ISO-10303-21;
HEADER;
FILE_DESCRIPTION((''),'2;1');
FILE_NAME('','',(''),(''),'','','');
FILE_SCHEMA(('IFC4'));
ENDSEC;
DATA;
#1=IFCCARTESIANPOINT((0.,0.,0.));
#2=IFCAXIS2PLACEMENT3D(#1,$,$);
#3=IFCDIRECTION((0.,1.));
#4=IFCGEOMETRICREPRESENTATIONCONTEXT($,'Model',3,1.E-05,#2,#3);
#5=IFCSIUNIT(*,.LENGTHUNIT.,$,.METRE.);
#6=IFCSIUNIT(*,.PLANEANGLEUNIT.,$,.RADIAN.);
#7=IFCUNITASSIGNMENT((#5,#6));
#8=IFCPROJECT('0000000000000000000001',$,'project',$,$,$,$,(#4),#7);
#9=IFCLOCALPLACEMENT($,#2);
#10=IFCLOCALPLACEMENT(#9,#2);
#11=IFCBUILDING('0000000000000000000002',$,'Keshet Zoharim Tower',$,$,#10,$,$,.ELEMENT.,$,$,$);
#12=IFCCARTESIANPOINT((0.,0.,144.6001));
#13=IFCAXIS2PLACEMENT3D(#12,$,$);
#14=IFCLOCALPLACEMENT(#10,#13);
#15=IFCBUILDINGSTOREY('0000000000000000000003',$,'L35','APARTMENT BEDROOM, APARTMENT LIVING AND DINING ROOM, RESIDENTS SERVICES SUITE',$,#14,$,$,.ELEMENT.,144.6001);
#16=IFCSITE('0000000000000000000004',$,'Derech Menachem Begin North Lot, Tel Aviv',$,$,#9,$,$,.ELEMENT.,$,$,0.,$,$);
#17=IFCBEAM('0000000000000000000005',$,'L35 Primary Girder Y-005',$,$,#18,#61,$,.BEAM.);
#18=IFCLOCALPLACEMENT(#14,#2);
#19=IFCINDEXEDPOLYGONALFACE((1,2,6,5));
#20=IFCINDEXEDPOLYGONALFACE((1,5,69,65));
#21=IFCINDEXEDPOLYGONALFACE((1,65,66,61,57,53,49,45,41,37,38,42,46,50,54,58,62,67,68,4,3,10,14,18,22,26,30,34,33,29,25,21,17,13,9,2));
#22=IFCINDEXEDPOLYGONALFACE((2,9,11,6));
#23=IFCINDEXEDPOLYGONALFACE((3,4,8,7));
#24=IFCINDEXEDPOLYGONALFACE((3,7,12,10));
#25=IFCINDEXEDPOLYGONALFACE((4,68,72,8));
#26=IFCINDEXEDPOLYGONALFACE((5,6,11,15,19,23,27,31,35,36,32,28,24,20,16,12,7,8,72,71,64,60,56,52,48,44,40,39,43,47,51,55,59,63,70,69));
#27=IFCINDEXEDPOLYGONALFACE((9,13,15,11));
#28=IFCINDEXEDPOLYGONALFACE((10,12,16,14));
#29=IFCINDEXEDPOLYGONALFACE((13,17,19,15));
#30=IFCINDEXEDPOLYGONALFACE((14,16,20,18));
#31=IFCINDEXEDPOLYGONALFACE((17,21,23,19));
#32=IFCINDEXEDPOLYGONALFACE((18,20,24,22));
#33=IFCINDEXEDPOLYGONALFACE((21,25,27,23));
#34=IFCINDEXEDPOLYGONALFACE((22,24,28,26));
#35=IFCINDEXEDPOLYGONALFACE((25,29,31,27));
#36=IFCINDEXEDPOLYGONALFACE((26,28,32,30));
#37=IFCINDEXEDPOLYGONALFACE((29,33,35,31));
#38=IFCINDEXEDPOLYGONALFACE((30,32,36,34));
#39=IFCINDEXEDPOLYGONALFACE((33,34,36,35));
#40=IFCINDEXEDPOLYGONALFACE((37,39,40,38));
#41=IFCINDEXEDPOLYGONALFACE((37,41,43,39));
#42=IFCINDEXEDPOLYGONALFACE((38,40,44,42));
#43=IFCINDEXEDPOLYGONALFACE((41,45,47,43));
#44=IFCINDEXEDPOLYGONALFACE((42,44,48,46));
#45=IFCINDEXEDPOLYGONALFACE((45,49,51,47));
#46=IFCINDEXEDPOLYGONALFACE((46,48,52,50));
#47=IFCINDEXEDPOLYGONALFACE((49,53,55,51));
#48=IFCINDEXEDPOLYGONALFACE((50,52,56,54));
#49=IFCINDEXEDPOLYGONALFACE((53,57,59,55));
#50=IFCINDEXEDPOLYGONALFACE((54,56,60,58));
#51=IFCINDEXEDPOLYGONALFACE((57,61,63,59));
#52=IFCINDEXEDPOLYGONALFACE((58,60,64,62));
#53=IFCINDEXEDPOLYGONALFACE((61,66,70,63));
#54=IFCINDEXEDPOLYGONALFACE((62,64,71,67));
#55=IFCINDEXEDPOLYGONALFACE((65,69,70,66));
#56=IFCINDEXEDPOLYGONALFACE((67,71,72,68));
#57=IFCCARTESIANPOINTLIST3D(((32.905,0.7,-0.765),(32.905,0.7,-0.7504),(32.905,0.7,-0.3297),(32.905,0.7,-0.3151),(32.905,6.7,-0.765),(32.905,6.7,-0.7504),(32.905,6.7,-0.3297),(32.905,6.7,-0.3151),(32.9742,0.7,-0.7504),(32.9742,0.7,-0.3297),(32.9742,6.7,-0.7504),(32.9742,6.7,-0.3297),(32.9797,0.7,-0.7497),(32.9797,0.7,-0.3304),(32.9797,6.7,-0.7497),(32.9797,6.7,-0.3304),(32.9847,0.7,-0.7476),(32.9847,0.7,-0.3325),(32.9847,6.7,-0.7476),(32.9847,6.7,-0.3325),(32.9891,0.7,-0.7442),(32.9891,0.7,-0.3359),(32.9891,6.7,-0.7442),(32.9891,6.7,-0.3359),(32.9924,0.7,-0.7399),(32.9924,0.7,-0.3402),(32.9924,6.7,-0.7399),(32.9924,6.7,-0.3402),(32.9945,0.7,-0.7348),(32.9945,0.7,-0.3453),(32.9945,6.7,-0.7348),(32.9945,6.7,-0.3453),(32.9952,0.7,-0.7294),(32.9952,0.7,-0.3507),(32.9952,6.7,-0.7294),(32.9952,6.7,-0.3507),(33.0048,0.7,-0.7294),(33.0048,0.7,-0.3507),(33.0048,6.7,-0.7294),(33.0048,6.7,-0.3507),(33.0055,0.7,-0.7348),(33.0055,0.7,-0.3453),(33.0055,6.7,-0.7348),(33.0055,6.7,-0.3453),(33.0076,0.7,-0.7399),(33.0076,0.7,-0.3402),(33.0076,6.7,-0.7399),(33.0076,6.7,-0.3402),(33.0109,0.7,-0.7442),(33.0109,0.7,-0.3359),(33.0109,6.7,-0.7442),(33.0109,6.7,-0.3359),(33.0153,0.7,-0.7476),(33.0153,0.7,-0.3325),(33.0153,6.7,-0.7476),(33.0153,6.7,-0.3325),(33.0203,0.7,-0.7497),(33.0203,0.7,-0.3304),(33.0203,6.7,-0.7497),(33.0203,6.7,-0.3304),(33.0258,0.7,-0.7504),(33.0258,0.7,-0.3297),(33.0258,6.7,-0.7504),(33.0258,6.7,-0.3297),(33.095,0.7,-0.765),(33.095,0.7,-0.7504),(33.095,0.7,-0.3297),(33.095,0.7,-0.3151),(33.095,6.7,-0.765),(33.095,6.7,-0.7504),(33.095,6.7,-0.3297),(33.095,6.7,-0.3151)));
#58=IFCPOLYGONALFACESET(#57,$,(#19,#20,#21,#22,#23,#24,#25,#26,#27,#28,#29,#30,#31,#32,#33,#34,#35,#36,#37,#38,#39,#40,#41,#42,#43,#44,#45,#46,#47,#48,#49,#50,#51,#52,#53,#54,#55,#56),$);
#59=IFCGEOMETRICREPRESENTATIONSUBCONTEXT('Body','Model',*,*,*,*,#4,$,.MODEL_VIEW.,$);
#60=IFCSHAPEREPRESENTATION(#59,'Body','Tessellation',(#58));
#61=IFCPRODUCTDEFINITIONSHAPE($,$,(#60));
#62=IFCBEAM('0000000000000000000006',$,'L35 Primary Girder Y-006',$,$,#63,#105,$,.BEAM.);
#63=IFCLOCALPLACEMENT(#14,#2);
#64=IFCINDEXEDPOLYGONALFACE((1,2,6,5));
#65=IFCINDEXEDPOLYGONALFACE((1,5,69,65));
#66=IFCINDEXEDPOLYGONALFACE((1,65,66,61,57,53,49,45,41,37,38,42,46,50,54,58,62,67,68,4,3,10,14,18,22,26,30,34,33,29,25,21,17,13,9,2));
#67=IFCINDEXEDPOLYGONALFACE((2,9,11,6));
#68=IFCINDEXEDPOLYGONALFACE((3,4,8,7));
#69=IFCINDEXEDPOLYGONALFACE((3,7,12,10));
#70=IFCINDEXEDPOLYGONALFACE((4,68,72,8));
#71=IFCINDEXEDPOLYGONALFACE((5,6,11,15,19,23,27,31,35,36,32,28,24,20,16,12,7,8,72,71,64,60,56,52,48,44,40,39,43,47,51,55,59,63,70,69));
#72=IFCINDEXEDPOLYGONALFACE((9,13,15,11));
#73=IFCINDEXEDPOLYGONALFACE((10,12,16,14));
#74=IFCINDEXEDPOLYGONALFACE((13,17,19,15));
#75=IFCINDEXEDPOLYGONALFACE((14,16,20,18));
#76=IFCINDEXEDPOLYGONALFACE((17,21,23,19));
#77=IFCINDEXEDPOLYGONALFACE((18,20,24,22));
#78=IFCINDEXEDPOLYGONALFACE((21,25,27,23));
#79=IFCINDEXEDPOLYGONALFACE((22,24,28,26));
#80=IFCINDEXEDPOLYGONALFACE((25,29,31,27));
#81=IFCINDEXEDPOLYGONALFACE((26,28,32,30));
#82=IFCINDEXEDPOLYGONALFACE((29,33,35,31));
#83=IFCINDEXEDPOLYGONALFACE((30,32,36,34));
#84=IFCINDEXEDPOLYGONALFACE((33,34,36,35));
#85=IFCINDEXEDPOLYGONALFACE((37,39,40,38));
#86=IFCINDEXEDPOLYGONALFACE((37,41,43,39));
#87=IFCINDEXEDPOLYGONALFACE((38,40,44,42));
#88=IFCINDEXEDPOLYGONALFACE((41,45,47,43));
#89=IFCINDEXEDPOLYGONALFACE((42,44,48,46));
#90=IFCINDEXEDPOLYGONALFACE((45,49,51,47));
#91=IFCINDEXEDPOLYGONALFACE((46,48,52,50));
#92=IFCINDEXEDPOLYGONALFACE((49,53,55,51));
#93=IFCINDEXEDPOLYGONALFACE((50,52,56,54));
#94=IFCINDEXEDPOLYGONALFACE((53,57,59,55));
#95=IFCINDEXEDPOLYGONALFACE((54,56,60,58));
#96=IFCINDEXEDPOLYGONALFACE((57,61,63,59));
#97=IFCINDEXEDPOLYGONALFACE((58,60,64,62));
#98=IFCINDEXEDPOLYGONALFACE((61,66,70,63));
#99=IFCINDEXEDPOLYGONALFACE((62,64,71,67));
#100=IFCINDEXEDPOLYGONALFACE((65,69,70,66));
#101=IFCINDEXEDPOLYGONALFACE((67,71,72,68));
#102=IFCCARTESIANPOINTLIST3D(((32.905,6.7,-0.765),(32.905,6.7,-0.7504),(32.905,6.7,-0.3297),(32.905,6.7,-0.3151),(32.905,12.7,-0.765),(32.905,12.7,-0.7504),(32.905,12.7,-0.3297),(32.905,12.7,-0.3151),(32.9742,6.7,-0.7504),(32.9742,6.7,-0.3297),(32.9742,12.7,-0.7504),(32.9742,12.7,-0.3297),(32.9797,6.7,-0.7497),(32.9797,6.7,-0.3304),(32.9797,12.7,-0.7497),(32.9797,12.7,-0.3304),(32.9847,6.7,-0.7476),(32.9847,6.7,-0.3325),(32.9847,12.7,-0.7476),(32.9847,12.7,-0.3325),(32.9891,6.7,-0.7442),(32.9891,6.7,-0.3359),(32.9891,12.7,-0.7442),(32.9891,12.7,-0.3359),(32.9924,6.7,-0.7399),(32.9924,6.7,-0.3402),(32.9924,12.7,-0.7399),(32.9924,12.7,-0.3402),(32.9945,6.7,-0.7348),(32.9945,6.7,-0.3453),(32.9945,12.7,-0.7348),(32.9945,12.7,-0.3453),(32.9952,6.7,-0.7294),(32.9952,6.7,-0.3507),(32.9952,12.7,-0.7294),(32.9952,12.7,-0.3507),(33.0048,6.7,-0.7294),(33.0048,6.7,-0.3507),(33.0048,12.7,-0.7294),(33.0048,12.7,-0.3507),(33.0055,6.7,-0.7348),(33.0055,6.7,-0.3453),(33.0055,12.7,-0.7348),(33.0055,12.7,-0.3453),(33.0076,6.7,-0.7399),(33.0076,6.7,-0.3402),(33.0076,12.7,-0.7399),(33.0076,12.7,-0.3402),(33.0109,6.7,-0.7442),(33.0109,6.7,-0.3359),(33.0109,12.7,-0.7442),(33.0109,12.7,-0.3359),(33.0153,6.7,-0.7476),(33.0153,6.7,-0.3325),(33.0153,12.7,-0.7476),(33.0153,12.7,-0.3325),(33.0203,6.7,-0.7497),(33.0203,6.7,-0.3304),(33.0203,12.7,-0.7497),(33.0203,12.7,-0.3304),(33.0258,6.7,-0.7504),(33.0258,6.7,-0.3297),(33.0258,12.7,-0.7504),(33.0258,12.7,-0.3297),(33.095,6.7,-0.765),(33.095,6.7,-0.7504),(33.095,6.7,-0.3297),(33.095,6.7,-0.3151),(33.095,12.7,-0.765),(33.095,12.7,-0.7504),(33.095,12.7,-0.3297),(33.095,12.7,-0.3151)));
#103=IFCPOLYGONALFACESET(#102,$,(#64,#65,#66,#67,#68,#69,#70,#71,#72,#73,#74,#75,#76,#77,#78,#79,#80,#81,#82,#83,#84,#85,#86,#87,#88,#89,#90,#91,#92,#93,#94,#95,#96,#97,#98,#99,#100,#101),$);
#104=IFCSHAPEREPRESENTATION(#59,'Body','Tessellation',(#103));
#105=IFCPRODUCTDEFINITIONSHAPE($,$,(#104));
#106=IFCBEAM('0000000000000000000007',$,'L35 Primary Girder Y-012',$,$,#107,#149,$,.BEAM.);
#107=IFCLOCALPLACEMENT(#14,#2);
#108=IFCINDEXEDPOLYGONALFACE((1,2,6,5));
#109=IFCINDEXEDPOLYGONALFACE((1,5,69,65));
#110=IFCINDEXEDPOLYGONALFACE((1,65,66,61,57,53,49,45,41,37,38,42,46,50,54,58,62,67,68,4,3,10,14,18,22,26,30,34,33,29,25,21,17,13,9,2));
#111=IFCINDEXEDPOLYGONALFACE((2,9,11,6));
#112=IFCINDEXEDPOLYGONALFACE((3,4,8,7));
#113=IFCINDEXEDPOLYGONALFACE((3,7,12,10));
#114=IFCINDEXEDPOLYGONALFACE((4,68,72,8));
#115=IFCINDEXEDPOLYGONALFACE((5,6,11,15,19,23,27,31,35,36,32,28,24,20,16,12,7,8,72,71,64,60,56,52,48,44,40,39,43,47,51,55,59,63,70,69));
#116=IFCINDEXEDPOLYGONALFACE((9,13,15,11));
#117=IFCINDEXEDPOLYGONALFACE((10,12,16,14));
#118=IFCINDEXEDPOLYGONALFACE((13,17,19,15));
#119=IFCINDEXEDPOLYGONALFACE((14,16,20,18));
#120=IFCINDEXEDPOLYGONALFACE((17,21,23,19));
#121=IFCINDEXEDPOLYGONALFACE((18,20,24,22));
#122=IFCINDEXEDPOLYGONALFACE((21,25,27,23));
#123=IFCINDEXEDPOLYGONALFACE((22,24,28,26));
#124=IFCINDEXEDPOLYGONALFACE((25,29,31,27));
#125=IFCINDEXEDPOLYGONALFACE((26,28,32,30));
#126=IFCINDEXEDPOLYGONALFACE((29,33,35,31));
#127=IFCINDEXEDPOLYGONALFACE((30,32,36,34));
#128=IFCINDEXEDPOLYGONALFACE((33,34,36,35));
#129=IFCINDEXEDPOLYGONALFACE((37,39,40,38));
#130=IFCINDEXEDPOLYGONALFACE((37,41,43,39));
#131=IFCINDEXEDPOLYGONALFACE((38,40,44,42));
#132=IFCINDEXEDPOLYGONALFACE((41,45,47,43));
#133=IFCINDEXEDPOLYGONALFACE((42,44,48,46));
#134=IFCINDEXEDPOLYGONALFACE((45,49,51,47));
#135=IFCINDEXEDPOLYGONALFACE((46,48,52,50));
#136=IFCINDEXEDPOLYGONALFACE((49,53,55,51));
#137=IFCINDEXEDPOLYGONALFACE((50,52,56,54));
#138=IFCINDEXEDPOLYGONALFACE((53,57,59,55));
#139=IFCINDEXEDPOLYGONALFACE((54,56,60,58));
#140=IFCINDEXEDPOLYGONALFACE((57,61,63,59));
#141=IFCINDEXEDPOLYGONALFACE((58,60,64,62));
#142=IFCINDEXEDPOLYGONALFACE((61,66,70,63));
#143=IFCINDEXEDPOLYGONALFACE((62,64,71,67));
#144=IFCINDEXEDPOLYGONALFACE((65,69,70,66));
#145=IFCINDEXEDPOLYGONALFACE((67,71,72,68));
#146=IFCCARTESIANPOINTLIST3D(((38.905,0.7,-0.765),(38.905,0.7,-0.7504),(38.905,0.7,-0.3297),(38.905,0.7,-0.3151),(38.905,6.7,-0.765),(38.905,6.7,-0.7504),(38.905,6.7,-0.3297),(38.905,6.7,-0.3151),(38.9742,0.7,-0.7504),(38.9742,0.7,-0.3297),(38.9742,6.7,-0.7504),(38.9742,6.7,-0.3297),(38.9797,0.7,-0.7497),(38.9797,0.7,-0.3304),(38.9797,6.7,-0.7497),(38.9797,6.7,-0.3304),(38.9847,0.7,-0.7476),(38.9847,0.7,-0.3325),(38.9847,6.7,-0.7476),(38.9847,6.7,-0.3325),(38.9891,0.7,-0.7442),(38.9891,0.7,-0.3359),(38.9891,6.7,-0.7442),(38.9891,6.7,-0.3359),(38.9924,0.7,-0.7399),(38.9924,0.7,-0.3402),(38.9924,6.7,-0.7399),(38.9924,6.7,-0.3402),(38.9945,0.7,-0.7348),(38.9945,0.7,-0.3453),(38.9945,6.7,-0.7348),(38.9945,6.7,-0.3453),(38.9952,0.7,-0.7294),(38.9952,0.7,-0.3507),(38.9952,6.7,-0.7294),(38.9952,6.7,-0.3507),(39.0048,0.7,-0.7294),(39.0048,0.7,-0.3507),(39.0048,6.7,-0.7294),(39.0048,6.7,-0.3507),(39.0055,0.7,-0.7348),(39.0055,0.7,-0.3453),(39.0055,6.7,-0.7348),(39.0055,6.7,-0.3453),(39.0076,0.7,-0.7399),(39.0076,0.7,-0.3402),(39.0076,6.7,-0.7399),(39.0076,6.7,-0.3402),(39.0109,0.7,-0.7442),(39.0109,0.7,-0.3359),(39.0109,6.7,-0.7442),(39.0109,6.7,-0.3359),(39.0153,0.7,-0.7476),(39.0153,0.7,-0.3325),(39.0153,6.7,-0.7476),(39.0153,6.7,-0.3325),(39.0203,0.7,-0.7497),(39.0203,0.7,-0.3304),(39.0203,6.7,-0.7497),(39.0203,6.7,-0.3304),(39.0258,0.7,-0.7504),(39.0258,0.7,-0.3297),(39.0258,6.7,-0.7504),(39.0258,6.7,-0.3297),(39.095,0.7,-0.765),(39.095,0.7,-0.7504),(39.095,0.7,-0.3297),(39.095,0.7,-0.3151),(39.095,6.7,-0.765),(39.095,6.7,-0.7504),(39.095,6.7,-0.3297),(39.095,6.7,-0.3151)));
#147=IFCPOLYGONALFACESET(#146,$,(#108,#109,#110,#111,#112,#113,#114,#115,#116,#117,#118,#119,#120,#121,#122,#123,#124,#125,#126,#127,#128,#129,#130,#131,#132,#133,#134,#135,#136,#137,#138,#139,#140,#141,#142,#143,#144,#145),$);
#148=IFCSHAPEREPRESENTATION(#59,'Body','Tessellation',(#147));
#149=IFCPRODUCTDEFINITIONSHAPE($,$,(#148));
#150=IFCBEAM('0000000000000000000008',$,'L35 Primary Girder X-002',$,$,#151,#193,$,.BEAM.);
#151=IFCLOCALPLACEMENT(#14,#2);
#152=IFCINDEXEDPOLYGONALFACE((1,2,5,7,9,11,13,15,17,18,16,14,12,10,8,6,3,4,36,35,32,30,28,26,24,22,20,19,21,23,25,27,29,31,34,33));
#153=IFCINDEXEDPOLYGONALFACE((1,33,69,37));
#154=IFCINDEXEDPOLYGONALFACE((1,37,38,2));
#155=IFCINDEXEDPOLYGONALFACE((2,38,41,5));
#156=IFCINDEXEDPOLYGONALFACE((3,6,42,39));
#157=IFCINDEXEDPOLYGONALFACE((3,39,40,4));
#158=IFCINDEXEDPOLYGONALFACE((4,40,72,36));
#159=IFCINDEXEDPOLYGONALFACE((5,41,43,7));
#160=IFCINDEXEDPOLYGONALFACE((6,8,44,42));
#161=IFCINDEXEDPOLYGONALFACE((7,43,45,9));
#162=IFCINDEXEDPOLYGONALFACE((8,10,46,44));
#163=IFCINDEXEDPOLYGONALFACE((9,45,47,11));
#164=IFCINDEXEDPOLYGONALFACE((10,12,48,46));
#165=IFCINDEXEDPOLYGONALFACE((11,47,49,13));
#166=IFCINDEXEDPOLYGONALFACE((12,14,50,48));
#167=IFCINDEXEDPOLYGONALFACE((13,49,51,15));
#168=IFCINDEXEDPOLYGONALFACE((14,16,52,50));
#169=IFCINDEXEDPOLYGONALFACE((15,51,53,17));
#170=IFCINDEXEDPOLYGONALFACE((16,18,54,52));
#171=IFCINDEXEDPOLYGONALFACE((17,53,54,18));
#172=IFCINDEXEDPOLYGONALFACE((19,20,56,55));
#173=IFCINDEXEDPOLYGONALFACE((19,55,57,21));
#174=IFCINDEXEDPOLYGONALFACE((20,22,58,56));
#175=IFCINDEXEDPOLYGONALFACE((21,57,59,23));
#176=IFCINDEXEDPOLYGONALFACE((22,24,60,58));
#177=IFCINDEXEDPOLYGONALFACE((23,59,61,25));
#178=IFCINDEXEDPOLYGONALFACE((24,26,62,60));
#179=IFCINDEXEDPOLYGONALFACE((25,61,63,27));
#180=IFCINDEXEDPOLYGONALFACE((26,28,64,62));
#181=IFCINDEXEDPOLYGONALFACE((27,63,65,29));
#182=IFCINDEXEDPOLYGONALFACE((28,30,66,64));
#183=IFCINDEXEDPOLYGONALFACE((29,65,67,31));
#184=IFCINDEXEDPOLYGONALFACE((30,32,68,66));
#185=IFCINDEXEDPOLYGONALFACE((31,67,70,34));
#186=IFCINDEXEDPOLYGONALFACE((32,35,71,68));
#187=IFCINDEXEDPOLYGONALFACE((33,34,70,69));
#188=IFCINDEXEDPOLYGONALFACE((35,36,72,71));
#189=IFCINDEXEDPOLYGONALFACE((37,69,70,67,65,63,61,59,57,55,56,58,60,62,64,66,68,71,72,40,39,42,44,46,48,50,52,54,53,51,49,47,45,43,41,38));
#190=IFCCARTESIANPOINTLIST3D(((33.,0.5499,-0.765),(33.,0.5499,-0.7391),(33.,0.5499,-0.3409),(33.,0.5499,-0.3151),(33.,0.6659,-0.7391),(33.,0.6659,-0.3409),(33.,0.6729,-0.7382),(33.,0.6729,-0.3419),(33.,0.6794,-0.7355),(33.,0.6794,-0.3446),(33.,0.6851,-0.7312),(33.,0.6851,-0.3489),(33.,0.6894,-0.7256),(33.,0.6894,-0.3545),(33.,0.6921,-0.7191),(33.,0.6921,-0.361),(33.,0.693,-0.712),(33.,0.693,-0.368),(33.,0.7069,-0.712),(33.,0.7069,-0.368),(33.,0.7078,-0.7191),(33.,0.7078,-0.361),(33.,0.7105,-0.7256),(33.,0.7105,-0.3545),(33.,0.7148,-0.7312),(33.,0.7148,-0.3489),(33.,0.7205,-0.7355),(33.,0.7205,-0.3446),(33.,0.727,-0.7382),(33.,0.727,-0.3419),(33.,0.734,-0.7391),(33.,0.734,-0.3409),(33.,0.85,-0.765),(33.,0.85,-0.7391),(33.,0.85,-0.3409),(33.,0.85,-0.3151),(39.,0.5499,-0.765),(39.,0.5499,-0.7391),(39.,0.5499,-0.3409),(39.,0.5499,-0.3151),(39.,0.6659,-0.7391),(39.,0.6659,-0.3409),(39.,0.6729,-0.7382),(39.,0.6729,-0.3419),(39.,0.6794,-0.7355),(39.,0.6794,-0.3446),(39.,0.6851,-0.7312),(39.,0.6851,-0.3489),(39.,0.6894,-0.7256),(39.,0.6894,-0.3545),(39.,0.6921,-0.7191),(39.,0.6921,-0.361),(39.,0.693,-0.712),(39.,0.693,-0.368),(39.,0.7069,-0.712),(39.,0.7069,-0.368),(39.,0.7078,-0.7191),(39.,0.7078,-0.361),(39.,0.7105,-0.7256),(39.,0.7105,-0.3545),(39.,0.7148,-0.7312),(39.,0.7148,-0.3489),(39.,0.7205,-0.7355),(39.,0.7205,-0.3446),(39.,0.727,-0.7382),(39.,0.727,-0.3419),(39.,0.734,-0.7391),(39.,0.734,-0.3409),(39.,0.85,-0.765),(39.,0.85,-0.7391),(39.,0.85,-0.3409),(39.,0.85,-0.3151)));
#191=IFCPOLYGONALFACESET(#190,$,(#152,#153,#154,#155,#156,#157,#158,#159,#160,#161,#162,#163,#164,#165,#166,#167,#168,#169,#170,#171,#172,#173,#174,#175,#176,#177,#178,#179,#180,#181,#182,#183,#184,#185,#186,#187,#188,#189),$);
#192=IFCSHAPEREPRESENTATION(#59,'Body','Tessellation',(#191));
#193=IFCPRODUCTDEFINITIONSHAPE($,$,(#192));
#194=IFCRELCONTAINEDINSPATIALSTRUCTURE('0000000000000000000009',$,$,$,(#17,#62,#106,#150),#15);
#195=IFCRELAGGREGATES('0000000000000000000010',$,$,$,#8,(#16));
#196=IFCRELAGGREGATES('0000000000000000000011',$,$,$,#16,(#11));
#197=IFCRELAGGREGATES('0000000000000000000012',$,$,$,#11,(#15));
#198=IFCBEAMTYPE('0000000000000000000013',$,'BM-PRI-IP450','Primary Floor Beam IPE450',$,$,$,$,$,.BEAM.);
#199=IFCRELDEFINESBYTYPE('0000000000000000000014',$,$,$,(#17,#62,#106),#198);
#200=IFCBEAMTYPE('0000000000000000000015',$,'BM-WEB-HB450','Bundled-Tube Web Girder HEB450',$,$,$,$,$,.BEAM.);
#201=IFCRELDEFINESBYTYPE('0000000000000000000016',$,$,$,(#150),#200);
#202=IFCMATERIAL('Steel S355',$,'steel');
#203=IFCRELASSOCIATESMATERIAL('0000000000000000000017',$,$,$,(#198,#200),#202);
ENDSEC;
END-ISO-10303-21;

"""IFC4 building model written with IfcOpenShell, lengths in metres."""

from ifc_helpers import new_model, si_unit, direction, frame, origin, origin_2d, place, context, subcontext, project, spatial, i_section, extrude, material, material_profile, profile_set, type_object, element, save


model = new_model("IFC4")

# Units and contexts
model_context = context("Model", 3, precision=1e-05, world=origin(), true_north=direction((0.0, 1.0)))
body_context = subcontext(model_context, "Body", "Model", "MODEL_VIEW")
ifc_project = project(units=[si_unit("LENGTHUNIT", "METRE"), si_unit("PLANEANGLEUNIT", "RADIAN")], contexts=[model_context])

# Site, building, storey
site_placement = place(None, origin())
site = spatial("IfcSite", under=ifc_project, at=site_placement, Name="Derech Menachem Begin North Lot, Tel Aviv", CompositionType="ELEMENT", RefElevation=0.0)
building_placement = place(site_placement, origin())
building = spatial("IfcBuilding", under=site, at=building_placement, Name="Keshet Zoharim Tower", CompositionType="ELEMENT")
storey_placement = place(building_placement, frame((0.0, 0.0, 144.6001)))
storey = spatial("IfcBuildingStorey", under=building, at=storey_placement, Name="L35", Description="APARTMENT BEDROOM, APARTMENT LIVING AND DINING ROOM, RESIDENTS SERVICES SUITE", CompositionType="ELEMENT", Elevation=144.6001)

# Shared definitions
ifc_material_1 = material(Name="Steel S355", Category="steel")

# Beams
ifc_material_profile_1 = material_profile(ifc_material_1, i_section(OverallWidth=0.1899, OverallDepth=0.45, WebThickness=0.0095, FlangeThickness=0.0146, FilletRadius=0.021, at=origin_2d()), Name="IPE450")
ifc_profile_set_1 = profile_set([ifc_material_profile_1], Name="Steel S355")
beam_type_1 = type_object("IfcBeamType", Name="BM-PRI-IP450", Description="Primary Floor Beam IPE450", PredefinedType="BEAM", material=ifc_profile_set_1)
for number, where, z_axis, x_axis, name in (
    (1, (33.0, 0.7, -0.54), (0.0, 1.0, 0.0), (-1.0, 0.0, 0.0), "L35 Primary Girder Y-005"),
    (2, (33.0, 6.7, -0.54), (0.0, 1.0, 0.0), (-1.0, 0.0, 0.0), "L35 Primary Girder Y-006"),
    (3, (39.0, 0.7, -0.54), (0.0, 1.0, 0.0), (-1.0, 0.0, 0.0), "L35 Primary Girder Y-012"),
):
    element("IfcBeam", number, at=place(storey_placement, frame(where, z_axis=z_axis, x_axis=x_axis)), inside=storey, type_object=beam_type_1, Name=name, PredefinedType="BEAM", context=body_context, shape_type="SweptSolid", body=[
        extrude(i_section(OverallWidth=0.1899, OverallDepth=0.45, WebThickness=0.0095, FlangeThickness=0.0146, FilletRadius=0.021, at=origin_2d()), origin(), (0.0, 0.0, 1.0), 6.0),
    ])
ifc_material_profile_2 = material_profile(ifc_material_1, i_section(OverallWidth=0.3, OverallDepth=0.45, WebThickness=0.0139, FlangeThickness=0.0259, FilletRadius=0.0271, at=origin_2d()), Name="HEB450")
ifc_profile_set_2 = profile_set([ifc_material_profile_2], Name="Steel S355")
beam_type_2 = type_object("IfcBeamType", Name="BM-WEB-HB450", Description="Bundled-Tube Web Girder HEB450", PredefinedType="BEAM", material=ifc_profile_set_2)
for number, where, z_axis, x_axis, name in (
    (4, (33.0, 0.7, -0.54), (1.0, 0.0, 0.0), (0.0, 1.0, 0.0), "L35 Primary Girder X-002"),
):
    element("IfcBeam", number, at=place(storey_placement, frame(where, z_axis=z_axis, x_axis=x_axis)), inside=storey, type_object=beam_type_2, Name=name, PredefinedType="BEAM", context=body_context, shape_type="SweptSolid", body=[
        extrude(i_section(OverallWidth=0.3, OverallDepth=0.45, WebThickness=0.0139, FlangeThickness=0.0259, FilletRadius=0.0271, at=origin_2d()), origin(), (0.0, 0.0, 1.0), 6.0),
    ])

save(model, "model.ifc")
